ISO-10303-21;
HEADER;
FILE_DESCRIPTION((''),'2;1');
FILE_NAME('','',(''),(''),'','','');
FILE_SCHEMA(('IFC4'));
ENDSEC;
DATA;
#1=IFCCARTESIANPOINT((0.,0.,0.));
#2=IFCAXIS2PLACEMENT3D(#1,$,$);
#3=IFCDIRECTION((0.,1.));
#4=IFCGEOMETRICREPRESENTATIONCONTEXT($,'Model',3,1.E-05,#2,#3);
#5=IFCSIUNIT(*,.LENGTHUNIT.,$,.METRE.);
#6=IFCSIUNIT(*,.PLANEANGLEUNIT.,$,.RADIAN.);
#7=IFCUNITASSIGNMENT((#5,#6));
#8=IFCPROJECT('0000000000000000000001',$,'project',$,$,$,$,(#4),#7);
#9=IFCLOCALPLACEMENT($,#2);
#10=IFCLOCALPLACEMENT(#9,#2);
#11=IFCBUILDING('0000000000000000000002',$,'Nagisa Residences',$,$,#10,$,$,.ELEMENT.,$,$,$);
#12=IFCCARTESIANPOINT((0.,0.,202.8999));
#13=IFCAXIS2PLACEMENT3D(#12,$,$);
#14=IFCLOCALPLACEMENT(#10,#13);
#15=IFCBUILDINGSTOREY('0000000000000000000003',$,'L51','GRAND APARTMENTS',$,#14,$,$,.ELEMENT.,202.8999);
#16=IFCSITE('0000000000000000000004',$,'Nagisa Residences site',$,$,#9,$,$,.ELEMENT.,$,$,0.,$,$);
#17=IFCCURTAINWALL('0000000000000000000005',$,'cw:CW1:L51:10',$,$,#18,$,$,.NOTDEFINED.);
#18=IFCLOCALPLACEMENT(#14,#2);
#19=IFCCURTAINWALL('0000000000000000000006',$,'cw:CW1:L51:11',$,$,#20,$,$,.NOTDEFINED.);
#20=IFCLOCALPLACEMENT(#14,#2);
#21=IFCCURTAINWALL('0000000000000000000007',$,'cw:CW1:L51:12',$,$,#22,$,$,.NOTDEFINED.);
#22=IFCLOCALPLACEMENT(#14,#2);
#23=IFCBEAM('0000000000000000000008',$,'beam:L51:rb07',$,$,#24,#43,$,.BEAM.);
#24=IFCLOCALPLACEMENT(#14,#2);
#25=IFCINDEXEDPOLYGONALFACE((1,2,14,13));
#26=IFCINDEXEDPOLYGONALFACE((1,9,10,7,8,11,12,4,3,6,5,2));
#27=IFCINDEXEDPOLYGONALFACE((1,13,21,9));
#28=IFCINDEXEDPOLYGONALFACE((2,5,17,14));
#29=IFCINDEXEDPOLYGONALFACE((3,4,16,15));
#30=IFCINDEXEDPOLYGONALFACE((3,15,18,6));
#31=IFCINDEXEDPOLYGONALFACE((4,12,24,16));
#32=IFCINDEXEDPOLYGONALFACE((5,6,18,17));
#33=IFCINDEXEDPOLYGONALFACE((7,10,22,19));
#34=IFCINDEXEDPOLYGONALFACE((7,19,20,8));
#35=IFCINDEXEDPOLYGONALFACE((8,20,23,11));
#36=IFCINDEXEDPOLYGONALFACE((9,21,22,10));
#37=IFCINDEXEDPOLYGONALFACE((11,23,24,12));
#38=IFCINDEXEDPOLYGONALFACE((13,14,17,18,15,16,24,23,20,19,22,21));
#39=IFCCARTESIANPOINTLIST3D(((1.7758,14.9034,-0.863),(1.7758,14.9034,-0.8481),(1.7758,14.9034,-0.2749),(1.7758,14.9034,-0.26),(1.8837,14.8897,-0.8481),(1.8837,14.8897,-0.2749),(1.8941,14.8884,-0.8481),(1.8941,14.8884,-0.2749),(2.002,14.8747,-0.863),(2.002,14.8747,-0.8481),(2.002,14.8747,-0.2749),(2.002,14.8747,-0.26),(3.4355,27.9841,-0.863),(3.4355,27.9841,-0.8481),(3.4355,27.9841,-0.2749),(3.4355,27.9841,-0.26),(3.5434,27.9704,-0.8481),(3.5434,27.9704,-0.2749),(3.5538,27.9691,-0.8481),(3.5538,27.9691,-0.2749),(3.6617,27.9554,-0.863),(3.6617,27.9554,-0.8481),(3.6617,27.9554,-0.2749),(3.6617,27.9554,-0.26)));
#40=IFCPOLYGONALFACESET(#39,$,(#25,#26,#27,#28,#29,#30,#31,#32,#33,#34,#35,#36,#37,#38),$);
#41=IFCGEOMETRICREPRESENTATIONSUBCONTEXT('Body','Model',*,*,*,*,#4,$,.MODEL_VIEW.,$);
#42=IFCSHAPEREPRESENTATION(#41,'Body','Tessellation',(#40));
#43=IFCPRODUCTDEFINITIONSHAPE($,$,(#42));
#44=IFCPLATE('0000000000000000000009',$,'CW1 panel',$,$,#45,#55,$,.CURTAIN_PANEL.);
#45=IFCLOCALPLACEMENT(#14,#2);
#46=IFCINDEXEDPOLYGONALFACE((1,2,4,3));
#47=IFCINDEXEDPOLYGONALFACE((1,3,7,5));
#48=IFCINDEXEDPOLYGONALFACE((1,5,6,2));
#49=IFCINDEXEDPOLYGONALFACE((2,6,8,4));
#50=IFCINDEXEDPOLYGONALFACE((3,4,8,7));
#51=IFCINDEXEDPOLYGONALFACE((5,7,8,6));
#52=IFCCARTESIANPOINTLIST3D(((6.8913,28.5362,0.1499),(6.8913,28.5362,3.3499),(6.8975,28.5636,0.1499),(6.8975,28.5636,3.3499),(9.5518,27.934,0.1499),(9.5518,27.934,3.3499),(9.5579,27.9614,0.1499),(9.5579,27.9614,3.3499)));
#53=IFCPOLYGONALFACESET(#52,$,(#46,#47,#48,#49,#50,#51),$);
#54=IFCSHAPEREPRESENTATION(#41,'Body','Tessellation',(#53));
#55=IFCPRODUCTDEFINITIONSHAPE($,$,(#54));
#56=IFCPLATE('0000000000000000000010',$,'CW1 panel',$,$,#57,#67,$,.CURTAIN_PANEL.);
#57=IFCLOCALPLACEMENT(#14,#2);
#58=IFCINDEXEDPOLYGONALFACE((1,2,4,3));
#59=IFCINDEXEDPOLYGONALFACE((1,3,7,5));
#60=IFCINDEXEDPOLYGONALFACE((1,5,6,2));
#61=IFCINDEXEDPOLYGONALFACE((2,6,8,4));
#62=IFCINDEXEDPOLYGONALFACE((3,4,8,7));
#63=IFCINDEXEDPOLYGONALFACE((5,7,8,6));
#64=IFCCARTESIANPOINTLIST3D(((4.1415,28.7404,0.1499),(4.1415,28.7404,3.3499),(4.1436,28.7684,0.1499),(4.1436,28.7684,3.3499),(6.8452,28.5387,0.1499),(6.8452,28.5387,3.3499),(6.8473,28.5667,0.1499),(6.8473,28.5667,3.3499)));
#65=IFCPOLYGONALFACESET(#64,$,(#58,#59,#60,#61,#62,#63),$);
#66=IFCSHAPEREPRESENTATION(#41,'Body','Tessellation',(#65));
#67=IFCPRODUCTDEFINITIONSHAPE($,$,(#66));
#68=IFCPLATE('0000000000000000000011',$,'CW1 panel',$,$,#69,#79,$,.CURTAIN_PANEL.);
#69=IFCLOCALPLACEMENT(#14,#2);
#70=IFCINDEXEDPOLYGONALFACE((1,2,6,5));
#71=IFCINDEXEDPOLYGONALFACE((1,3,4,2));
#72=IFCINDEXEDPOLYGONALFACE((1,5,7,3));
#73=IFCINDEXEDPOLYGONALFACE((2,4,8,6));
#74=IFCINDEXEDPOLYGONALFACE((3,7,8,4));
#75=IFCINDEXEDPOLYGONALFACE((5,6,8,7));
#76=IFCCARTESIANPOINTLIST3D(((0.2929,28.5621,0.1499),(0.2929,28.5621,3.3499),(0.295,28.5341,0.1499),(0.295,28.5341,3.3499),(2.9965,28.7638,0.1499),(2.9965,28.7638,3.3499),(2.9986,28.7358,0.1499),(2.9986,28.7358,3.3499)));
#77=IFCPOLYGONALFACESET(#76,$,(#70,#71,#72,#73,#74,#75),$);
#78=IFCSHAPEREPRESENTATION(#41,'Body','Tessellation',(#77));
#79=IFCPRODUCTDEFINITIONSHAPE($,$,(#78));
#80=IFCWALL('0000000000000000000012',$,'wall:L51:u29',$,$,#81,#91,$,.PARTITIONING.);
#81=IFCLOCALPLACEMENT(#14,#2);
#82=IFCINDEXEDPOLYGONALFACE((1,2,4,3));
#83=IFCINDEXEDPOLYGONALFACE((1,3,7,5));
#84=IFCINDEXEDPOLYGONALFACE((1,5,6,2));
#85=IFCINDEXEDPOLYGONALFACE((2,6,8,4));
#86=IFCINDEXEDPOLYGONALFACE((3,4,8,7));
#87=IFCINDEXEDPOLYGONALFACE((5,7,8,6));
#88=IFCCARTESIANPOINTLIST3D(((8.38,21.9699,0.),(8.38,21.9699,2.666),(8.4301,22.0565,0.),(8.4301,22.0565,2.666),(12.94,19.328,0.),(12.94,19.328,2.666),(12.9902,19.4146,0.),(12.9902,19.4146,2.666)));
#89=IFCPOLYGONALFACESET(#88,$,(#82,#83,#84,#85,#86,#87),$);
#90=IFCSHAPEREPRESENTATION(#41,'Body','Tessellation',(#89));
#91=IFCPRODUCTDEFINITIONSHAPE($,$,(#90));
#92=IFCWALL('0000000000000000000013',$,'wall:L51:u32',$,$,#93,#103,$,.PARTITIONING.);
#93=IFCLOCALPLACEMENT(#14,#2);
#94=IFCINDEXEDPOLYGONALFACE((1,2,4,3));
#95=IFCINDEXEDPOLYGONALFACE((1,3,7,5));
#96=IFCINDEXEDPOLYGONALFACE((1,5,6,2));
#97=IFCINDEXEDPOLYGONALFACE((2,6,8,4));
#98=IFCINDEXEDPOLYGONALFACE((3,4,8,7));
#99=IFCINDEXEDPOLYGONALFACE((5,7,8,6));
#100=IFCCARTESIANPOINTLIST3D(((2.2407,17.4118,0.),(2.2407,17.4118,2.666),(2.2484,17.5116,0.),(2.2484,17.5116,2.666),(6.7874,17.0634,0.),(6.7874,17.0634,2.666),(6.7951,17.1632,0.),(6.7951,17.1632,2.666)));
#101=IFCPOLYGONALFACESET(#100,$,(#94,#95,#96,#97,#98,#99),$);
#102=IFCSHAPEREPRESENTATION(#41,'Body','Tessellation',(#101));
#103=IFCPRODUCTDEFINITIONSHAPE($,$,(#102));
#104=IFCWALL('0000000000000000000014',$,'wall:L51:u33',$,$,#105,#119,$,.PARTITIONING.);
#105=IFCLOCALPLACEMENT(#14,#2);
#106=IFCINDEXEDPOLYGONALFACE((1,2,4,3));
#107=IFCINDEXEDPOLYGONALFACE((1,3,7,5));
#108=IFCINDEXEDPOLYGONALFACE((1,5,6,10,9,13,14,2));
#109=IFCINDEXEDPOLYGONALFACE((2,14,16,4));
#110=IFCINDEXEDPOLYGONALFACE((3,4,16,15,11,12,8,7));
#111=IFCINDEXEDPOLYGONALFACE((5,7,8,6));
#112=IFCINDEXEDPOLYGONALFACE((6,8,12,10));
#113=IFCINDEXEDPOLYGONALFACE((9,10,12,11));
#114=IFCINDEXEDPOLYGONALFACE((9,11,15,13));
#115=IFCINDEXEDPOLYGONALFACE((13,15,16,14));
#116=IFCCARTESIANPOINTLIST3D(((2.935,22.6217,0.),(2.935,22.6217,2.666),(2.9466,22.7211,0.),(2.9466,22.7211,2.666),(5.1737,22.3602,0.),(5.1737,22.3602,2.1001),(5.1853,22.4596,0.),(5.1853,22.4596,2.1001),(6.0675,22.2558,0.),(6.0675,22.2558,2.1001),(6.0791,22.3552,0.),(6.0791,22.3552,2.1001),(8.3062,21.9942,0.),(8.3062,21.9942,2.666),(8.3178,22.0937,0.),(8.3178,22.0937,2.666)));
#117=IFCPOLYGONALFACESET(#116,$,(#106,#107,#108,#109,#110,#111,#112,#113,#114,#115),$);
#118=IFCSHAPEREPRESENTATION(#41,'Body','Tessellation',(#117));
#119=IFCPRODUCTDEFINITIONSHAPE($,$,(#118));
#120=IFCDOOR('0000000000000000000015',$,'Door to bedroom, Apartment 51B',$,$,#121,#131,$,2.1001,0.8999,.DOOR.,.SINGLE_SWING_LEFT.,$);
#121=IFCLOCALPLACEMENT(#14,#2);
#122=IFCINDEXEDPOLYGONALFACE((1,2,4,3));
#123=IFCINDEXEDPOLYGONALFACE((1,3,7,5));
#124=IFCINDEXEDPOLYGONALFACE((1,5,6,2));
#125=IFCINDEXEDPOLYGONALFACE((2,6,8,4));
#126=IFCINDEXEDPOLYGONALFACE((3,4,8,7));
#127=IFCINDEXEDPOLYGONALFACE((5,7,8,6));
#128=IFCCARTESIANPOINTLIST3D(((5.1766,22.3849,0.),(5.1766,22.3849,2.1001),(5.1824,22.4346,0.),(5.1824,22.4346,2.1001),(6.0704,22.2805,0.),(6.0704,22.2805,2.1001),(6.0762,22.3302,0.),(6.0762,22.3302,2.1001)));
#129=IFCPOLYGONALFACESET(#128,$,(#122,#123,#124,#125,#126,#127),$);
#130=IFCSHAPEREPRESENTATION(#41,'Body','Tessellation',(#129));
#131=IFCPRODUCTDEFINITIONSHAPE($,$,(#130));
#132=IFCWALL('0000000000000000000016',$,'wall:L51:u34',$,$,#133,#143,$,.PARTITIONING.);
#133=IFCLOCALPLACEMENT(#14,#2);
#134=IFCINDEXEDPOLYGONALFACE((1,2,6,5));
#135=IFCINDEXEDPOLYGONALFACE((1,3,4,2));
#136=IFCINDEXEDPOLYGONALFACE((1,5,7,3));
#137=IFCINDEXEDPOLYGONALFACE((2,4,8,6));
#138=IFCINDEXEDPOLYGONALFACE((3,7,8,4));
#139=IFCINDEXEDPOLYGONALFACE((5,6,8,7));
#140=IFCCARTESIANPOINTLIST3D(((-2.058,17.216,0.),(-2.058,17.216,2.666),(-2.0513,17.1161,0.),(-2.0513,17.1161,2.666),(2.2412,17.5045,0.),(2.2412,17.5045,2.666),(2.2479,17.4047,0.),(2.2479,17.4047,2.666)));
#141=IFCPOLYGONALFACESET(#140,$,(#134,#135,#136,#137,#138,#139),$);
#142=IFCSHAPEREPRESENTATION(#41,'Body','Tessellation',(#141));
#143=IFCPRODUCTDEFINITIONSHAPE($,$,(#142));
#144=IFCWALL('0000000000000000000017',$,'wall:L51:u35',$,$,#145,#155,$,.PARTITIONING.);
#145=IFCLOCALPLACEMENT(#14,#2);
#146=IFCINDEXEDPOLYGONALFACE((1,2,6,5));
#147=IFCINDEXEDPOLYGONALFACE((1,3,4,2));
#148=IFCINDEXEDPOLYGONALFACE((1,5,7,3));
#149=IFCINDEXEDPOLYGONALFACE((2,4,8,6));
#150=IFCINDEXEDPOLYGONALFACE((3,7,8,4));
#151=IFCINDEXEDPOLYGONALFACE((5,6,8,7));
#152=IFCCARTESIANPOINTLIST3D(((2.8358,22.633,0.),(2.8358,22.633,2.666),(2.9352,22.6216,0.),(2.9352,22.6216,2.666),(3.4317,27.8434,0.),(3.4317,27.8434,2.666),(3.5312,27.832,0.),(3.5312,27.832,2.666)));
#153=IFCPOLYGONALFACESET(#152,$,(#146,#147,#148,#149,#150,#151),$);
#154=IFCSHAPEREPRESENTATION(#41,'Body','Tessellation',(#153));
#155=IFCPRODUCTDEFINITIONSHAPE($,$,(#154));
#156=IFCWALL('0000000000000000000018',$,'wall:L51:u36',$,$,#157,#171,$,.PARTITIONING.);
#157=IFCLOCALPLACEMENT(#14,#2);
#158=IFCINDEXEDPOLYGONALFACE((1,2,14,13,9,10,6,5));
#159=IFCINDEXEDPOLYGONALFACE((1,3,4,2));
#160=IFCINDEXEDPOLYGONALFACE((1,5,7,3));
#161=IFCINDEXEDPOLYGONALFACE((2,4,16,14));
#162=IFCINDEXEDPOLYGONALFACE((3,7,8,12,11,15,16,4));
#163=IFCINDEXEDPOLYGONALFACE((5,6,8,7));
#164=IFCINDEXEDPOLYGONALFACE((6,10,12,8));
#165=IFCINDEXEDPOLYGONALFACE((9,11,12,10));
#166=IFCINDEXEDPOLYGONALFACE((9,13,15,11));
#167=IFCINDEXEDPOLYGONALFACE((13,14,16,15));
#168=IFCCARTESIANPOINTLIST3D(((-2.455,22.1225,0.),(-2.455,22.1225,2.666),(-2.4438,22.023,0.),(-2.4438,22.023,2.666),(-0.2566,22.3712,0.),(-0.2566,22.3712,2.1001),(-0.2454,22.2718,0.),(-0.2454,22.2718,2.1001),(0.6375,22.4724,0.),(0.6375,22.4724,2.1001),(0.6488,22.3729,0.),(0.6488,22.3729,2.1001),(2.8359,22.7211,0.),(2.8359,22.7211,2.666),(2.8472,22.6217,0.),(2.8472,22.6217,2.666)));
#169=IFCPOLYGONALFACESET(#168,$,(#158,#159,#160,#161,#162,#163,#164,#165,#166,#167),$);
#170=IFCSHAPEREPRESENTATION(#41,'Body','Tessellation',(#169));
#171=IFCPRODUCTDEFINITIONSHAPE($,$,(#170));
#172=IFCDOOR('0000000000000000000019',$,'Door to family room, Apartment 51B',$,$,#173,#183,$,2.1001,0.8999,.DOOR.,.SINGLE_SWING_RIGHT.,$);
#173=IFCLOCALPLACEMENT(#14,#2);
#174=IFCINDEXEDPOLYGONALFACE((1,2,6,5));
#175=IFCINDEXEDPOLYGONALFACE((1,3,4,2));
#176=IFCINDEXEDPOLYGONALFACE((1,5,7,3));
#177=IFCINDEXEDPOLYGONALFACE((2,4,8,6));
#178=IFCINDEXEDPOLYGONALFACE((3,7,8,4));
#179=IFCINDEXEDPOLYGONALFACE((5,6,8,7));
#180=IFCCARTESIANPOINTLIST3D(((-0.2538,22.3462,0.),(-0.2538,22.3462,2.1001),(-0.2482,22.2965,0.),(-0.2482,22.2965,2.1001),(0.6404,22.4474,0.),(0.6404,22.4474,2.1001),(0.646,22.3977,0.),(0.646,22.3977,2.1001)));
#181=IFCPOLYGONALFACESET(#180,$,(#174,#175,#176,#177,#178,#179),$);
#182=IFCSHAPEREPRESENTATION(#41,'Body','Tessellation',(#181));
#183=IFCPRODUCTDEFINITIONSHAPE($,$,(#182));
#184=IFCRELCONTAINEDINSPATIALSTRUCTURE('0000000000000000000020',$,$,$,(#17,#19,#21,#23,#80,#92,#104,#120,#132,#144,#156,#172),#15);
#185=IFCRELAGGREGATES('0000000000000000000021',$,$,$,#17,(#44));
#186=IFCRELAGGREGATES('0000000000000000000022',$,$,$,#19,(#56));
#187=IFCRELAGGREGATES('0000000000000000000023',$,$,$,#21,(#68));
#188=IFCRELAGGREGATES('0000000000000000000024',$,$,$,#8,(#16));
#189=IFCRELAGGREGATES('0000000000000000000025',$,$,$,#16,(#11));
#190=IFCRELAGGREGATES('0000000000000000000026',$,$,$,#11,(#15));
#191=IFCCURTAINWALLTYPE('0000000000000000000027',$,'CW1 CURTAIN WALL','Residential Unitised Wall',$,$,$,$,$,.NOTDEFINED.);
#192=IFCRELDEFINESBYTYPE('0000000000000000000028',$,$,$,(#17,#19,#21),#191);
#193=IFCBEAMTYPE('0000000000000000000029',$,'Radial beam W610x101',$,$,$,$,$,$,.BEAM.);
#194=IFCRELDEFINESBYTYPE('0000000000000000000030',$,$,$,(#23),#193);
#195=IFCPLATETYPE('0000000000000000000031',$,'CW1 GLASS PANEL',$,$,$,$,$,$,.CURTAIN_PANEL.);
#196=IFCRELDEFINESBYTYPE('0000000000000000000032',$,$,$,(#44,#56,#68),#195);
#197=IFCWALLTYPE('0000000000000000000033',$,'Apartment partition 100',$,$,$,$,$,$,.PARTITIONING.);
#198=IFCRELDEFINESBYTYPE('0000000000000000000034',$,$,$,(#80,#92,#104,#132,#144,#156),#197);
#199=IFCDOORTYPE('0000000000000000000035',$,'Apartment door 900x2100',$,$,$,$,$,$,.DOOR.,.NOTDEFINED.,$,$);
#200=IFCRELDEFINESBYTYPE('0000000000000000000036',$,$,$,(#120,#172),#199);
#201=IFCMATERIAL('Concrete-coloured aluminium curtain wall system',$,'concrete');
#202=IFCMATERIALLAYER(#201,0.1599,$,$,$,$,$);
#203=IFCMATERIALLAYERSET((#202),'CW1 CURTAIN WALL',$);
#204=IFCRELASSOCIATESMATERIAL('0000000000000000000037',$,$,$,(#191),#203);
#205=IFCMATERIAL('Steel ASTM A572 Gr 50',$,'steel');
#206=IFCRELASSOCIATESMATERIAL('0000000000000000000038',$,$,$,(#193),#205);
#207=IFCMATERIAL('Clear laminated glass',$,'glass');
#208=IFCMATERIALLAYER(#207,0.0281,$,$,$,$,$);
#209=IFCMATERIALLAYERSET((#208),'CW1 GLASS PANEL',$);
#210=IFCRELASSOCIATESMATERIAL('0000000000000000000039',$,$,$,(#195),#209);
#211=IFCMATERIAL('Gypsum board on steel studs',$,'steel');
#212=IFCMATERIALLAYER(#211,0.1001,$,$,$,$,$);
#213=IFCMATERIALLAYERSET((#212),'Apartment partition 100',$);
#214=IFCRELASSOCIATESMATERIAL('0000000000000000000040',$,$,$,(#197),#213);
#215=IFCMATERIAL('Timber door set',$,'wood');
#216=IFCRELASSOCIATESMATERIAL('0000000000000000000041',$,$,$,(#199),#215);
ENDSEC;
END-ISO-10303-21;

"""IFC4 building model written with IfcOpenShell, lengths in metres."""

from ifc_helpers import new_model, si_unit, direction, frame, frame_2d, origin, origin_2d, place, context, subcontext, project, spatial, rectangle, i_section, extrude, material, layer, layer_set, material_profile, profile_set, type_object, element, fill, aggregate, save


model = new_model("IFC4")

# Units and contexts
model_context = context("Model", 3, precision=1e-05, world=origin(), true_north=direction((0.0, 1.0)))
body_context = subcontext(model_context, "Body", "Model", "MODEL_VIEW")
ifc_project = project(units=[si_unit("LENGTHUNIT", "METRE"), si_unit("PLANEANGLEUNIT", "RADIAN")], contexts=[model_context])

# Site, building, storey
site_placement = place(None, origin())
site = spatial("IfcSite", under=ifc_project, at=site_placement, Name="Nagisa Residences site", CompositionType="ELEMENT", RefElevation=0.0)
building_placement = place(site_placement, origin())
building = spatial("IfcBuilding", under=site, at=building_placement, Name="Nagisa Residences", CompositionType="ELEMENT")
storey_placement = place(building_placement, frame((0.0, 0.0, 202.8999)))
storey = spatial("IfcBuildingStorey", under=building, at=storey_placement, Name="L51", Description="GRAND APARTMENTS", CompositionType="ELEMENT", Elevation=202.8999)

# Curtain walls
ifc_material_1 = material(Name="Concrete-coloured aluminium curtain wall system", Category="concrete")
ifc_layer_1 = layer(ifc_material_1, 0.1599)
ifc_layer_set_1 = layer_set([ifc_layer_1], Name="CW1 CURTAIN WALL")
curtain_wall_type = type_object("IfcCurtainWallType", Name="CW1 CURTAIN WALL", Description="Residential Unitised Wall", PredefinedType="NOTDEFINED", material=ifc_layer_set_1)
curtain_wall_1_placement = place(storey_placement, origin())
curtain_wall_1 = element("IfcCurtainWall", 1, at=curtain_wall_1_placement, inside=storey, type_object=curtain_wall_type, Name="cw:CW1:L51:10", PredefinedType="NOTDEFINED")
curtain_wall_2_placement = place(storey_placement, origin())
curtain_wall_2 = element("IfcCurtainWall", 2, at=curtain_wall_2_placement, inside=storey, type_object=curtain_wall_type, Name="cw:CW1:L51:11", PredefinedType="NOTDEFINED")
curtain_wall_3_placement = place(storey_placement, origin())
curtain_wall_3 = element("IfcCurtainWall", 3, at=curtain_wall_3_placement, inside=storey, type_object=curtain_wall_type, Name="cw:CW1:L51:12", PredefinedType="NOTDEFINED")

# Beam
ifc_material_2 = material(Name="Steel ASTM A572 Gr 50", Category="steel")
ifc_material_profile_1 = material_profile(ifc_material_2, i_section(OverallWidth=0.228, OverallDepth=0.603, WebThickness=0.0105, FlangeThickness=0.0149, at=origin_2d()), Name="W610x101")
ifc_profile_set_1 = profile_set([ifc_material_profile_1], Name="Steel ASTM A572 Gr 50")
beam_type_1 = type_object("IfcBeamType", Name="Radial beam W610x101", PredefinedType="BEAM", material=ifc_profile_set_1)
beam_1_placement = place(storey_placement, frame((3.5486, 27.9697, -0.5615), z_axis=(-0.125871, -0.992047, 0.0), x_axis=(0.992047, -0.125871, 0.0)))
element("IfcBeam", 4, at=beam_1_placement, inside=storey, type_object=beam_type_1, Name="beam:L51:rb07", PredefinedType="BEAM", context=body_context, shape_type="SweptSolid", body=[
    extrude(i_section(OverallWidth=0.228, OverallDepth=0.603, WebThickness=0.0105, FlangeThickness=0.0149, at=origin_2d()), origin(), (0.0, 0.0, 1.0), 13.1855),
])

# Plates
ifc_material_3 = material(Name="Clear laminated glass", Category="glass")
ifc_layer_2 = layer(ifc_material_3, 0.0281)
ifc_layer_set_2 = layer_set([ifc_layer_2], Name="CW1 GLASS PANEL")
plate_type = type_object("IfcPlateType", Name="CW1 GLASS PANEL", PredefinedType="CURTAIN_PANEL", material=ifc_layer_set_2)
plate_1_placement = place(storey_placement, frame((8.2246, 28.2488, 0.1499), z_axis=(0.0, 0.0, 1.0), x_axis=(-0.975327, 0.220764, 0.0)))
plate_1 = element("IfcPlate", 5, at=plate_1_placement, type_object=plate_type, Name="CW1 panel", PredefinedType="CURTAIN_PANEL", context=body_context, shape_type="SweptSolid", body=[
    extrude(rectangle(XDim=2.7278, YDim=0.0281, at=origin_2d()), origin(), (0.0, 0.0, 1.0), 3.2),
])
aggregate(curtain_wall_1, [plate_1])
plate_2_placement = place(storey_placement, frame((5.4944, 28.6536, 0.1499), z_axis=(0.0, 0.0, 1.0), x_axis=(-0.99723, 0.074377, 0.0)))
plate_2 = element("IfcPlate", 6, at=plate_2_placement, type_object=plate_type, Name="CW1 panel", PredefinedType="CURTAIN_PANEL", context=body_context, shape_type="SweptSolid", body=[
    extrude(rectangle(XDim=2.7112, YDim=0.0281, at=origin_2d()), origin(), (0.0, 0.0, 1.0), 3.2),
])
aggregate(curtain_wall_2, [plate_2])
plate_3_placement = place(storey_placement, frame((1.6458, 28.6489, 0.1499), z_axis=(0.0, 0.0, 1.0), x_axis=(-0.99723, -0.074377, 0.0)))
plate_3 = element("IfcPlate", 7, at=plate_3_placement, type_object=plate_type, Name="CW1 panel", PredefinedType="CURTAIN_PANEL", context=body_context, shape_type="SweptSolid", body=[
    extrude(rectangle(XDim=2.7112, YDim=0.0281, at=origin_2d()), origin(), (0.0, 0.0, 1.0), 3.2),
])
aggregate(curtain_wall_3, [plate_3])

# Walls
ifc_material_4 = material(Name="Gypsum board on steel studs", Category="steel")
ifc_layer_3 = layer(ifc_material_4, 0.1001)
ifc_layer_set_3 = layer_set([ifc_layer_3], Name="Apartment partition 100")
wall_type_1 = type_object("IfcWallType", Name="Apartment partition 100", PredefinedType="PARTITIONING", material=ifc_layer_set_3)
wall_1_placement = place(storey_placement, frame((12.9651, 19.3713, 0.0), z_axis=(0.0, 0.0, 1.0), x_axis=(-0.865277, 0.501294, 0.0)))
element("IfcWall", 8, at=wall_1_placement, inside=storey, type_object=wall_type_1, Name="wall:L51:u29", PredefinedType="PARTITIONING", context=body_context, shape_type="SweptSolid", body=[
    extrude(rectangle(XDim=5.27, YDim=0.1001, at=frame_2d((2.635, 0.0))), origin(), (0.0, 0.0, 1.0), 2.666),
])
wall_2_placement = place(storey_placement, frame((6.7913, 17.1133, 0.0), z_axis=(0.0, 0.0, 1.0), x_axis=(-0.997077, 0.076402, 0.0)))
element("IfcWall", 9, at=wall_2_placement, inside=storey, type_object=wall_type_1, Name="wall:L51:u32", PredefinedType="PARTITIONING", context=body_context, shape_type="SweptSolid", body=[
    extrude(rectangle(XDim=4.5601, YDim=0.1001, at=frame_2d((2.28, 0.0))), origin(), (0.0, 0.0, 1.0), 2.666),
])

# Wall, opening, door
wall_3_placement = place(storey_placement, frame((8.312, 22.0439, 0.0), z_axis=(0.0, 0.0, 1.0), x_axis=(-0.993246, 0.116029, 0.0)))
wall_3 = element("IfcWall", 10, at=wall_3_placement, inside=storey, type_object=wall_type_1, Name="wall:L51:u33", PredefinedType="PARTITIONING", context=body_context, shape_type="SweptSolid", body=[
    extrude(rectangle(XDim=5.4077, YDim=0.1001, at=frame_2d((2.7039, 0.0))), origin(), (0.0, 0.0, 1.0), 2.666),
])
opening_1_placement = place(wall_3_placement, frame((2.2539, 0.0, 0.0)))
opening_1 = element("IfcOpeningElement", 11, at=opening_1_placement, cuts=wall_3, PredefinedType="OPENING", context=body_context, shape_type="SweptSolid", body=[
    extrude(rectangle(XDim=0.8999, YDim=2.1001, at=frame_2d((0.45, 1.05))), frame((0.0, 0.0601, 0.0), z_axis=(0.0, -1.0, 0.0), x_axis=(1.0, 0.0, 0.0)), (0.0, 0.0, 1.0), 0.1201),
])
ifc_material_5 = material(Name="Timber door set", Category="wood")
door_type_1 = type_object("IfcDoorType", Name="Apartment door 900x2100", OperationType="NOTDEFINED", PredefinedType="DOOR", material=ifc_material_5)
door_1_placement = place(opening_1_placement, frame((0.8999, 0.0, 0.0), x_axis=(-1.0, 0.0, 0.0)))
door_1 = element("IfcDoor", 12, at=door_1_placement, inside=storey, type_object=door_type_1, Name="Door to bedroom, Apartment 51B", OperationType="SINGLE_SWING_LEFT", OverallHeight=2.1001, OverallWidth=0.8999, PredefinedType="DOOR", context=body_context, shape_type="SweptSolid", body=[
    extrude(rectangle(XDim=0.8999, YDim=2.1001, at=frame_2d((0.45, 1.05))), frame((0.0, 0.0249, 0.0), z_axis=(0.0, -1.0, 0.0), x_axis=(1.0, 0.0, 0.0)), (0.0, 0.0, 1.0), 0.05),
])
fill(opening_1, door_1)

# Walls
wall_4_placement = place(storey_placement, frame((2.2444, 17.4546, 0.0), z_axis=(0.0, 0.0, 1.0), x_axis=(-0.997755, -0.066974, 0.0)))
element("IfcWall", 13, at=wall_4_placement, inside=storey, type_object=wall_type_1, Name="wall:L51:u34", PredefinedType="PARTITIONING", context=body_context, shape_type="SweptSolid", body=[
    extrude(rectangle(XDim=4.3088, YDim=0.1001, at=frame_2d((2.1543, 0.0))), origin(), (0.0, 0.0, 1.0), 2.666),
])
wall_5_placement = place(storey_placement, frame((2.8855, 22.6274, 0.0), z_axis=(0.0, 0.0, 1.0), x_axis=(0.113635, 0.993523, 0.0)))
element("IfcWall", 14, at=wall_5_placement, inside=storey, type_object=wall_type_1, Name="wall:L51:u35", PredefinedType="PARTITIONING", context=body_context, shape_type="SweptSolid", body=[
    extrude(rectangle(XDim=5.2444, YDim=0.1001, at=frame_2d((2.6221, 0.0))), origin(), (0.0, 0.0, 1.0), 2.666),
])

# Wall, opening, door
wall_6_placement = place(storey_placement, frame((2.8416, 22.6714, 0.0), z_axis=(0.0, 0.0, 1.0), x_axis=(-0.99366, -0.112424, 0.0)))
wall_6 = element("IfcWall", 15, at=wall_6_placement, inside=storey, type_object=wall_type_1, Name="wall:L51:u36", PredefinedType="PARTITIONING", context=body_context, shape_type="SweptSolid", body=[
    extrude(rectangle(XDim=5.3247, YDim=0.1001, at=frame_2d((2.6624, 0.0))), origin(), (0.0, 0.0, 1.0), 2.666),
])
opening_2_placement = place(wall_6_placement, frame((2.2124, 0.0, 0.0)))
opening_2 = element("IfcOpeningElement", 16, at=opening_2_placement, cuts=wall_6, PredefinedType="OPENING", context=body_context, shape_type="SweptSolid", body=[
    extrude(rectangle(XDim=0.8999, YDim=2.1001, at=frame_2d((0.45, 1.05))), frame((0.0, 0.0601, 0.0), z_axis=(0.0, -1.0, 0.0), x_axis=(1.0, 0.0, 0.0)), (0.0, 0.0, 1.0), 0.1201),
])
door_2_placement = place(opening_2_placement, frame((0.8999, 0.0, 0.0), x_axis=(-1.0, 0.0, 0.0)))
door_2 = element("IfcDoor", 17, at=door_2_placement, inside=storey, type_object=door_type_1, Name="Door to family room, Apartment 51B", OperationType="SINGLE_SWING_RIGHT", OverallHeight=2.1001, OverallWidth=0.8999, PredefinedType="DOOR", context=body_context, shape_type="SweptSolid", body=[
    extrude(rectangle(XDim=0.8999, YDim=2.1001, at=frame_2d((0.45, 1.05))), frame((0.0, 0.0249, 0.0), z_axis=(0.0, -1.0, 0.0), x_axis=(1.0, 0.0, 0.0)), (0.0, 0.0, 1.0), 0.05),
])
fill(opening_2, door_2)

save(model, "model.ifc")
